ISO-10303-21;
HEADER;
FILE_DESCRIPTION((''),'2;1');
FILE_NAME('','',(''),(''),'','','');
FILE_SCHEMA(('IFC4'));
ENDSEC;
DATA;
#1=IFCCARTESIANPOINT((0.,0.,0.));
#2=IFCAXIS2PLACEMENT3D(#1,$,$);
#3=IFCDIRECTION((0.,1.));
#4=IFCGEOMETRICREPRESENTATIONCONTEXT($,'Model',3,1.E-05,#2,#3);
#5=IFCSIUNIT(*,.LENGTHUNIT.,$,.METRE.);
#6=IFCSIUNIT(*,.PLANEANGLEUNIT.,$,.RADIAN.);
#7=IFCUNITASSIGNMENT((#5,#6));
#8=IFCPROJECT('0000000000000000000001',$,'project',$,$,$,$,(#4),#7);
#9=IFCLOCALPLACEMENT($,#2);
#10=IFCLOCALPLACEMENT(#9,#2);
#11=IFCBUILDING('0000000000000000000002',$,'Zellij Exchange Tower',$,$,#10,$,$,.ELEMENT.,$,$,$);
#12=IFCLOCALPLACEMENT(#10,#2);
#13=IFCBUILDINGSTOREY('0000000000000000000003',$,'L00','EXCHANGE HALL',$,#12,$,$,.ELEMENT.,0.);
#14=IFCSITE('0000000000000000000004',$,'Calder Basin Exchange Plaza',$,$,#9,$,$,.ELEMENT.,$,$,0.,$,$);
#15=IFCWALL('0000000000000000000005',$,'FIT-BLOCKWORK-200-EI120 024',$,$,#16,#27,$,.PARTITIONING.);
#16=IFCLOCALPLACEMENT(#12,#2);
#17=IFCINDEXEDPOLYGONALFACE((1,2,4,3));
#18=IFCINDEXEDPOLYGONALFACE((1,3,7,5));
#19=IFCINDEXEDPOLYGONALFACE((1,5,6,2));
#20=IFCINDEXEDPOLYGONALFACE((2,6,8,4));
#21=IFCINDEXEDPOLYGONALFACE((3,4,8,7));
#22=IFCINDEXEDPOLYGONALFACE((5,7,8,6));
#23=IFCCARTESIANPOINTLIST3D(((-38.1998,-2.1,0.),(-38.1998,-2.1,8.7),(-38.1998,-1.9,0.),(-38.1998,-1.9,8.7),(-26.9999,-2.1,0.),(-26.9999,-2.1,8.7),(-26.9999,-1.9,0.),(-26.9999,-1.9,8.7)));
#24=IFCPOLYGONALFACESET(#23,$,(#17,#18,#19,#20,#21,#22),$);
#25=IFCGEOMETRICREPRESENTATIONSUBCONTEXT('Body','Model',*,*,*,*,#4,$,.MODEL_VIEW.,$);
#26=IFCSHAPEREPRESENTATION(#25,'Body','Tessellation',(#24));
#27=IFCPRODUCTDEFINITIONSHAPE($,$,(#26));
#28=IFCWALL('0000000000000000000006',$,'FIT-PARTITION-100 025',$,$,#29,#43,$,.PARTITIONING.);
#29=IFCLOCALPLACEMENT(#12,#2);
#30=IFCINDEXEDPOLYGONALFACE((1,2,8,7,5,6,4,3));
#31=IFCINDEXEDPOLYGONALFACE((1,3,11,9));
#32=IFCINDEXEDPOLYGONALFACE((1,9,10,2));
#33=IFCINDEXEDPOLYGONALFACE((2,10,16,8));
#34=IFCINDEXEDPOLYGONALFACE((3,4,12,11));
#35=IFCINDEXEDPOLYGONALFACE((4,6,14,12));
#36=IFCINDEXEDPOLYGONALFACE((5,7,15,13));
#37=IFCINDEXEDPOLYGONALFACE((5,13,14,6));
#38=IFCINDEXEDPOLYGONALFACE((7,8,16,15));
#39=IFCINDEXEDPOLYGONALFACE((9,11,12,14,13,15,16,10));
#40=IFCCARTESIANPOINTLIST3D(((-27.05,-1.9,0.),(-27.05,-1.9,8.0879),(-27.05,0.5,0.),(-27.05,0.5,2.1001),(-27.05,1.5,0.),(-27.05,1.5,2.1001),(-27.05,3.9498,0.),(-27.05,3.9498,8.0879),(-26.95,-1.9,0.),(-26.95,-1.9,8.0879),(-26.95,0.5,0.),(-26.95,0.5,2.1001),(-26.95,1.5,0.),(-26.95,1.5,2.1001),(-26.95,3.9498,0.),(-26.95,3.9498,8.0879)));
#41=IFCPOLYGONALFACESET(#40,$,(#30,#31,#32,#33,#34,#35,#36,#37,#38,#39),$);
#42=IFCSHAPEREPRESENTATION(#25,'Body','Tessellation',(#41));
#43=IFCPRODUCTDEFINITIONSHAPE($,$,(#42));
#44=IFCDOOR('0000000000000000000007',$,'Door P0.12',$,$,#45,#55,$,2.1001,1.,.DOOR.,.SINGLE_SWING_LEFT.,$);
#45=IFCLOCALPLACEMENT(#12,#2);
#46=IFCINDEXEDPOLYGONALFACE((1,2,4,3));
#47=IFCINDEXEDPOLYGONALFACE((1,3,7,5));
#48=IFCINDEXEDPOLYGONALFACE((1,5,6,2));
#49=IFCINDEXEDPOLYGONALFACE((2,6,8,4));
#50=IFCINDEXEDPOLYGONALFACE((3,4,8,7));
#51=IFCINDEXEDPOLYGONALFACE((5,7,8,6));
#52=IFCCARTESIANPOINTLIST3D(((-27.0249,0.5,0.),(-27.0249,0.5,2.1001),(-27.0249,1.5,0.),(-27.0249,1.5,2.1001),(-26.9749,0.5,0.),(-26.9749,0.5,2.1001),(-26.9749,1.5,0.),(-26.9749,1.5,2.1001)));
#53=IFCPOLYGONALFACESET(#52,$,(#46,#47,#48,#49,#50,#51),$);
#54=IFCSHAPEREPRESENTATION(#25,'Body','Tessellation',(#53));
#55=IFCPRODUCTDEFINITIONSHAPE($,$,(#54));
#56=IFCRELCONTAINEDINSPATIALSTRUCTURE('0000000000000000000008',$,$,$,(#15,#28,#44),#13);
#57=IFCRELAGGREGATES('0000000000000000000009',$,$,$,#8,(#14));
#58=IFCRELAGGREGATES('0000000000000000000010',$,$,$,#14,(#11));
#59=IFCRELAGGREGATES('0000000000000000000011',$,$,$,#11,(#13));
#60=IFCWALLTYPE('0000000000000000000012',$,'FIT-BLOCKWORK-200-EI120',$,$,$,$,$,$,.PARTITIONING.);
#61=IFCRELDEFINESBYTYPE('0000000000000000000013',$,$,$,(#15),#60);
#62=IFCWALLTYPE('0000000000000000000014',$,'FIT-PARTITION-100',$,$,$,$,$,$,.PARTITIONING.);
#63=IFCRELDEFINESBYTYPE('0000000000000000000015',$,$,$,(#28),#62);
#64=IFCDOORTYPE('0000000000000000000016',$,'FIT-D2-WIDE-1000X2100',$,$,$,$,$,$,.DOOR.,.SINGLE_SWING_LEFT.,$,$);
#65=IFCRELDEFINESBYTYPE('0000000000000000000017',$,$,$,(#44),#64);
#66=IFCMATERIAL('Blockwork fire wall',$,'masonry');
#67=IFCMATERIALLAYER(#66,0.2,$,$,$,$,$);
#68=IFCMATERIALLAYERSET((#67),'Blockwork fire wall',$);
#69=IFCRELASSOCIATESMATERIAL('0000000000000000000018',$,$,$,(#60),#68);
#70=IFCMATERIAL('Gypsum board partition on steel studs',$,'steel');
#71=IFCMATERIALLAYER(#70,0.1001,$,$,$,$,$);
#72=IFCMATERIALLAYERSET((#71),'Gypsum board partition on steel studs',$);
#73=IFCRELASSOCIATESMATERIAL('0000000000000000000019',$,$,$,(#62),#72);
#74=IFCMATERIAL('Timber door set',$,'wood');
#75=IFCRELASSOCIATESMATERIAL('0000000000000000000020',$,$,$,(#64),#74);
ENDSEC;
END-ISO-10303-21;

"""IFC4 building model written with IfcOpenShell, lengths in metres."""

from ifc_helpers import new_model, si_unit, direction, frame, frame_2d, origin, place, context, subcontext, project, spatial, rectangle, extrude, material, layer, layer_set, type_object, element, fill, save


model = new_model("IFC4")

# Units and contexts
model_context = context("Model", 3, precision=1e-05, world=origin(), true_north=direction((0.0, 1.0)))
body_context = subcontext(model_context, "Body", "Model", "MODEL_VIEW")
ifc_project = project(units=[si_unit("LENGTHUNIT", "METRE"), si_unit("PLANEANGLEUNIT", "RADIAN")], contexts=[model_context])

# Site, building, storey
site_placement = place(None, origin())
site = spatial("IfcSite", under=ifc_project, at=site_placement, Name="Calder Basin Exchange Plaza", CompositionType="ELEMENT", RefElevation=0.0)
building_placement = place(site_placement, origin())
building = spatial("IfcBuilding", under=site, at=building_placement, Name="Zellij Exchange Tower", CompositionType="ELEMENT")
storey_placement = place(building_placement, origin())
storey = spatial("IfcBuildingStorey", under=building, at=storey_placement, Name="L00", Description="EXCHANGE HALL", CompositionType="ELEMENT", Elevation=0.0)

# Shared definitions
ifc_material_1 = material(Name="Blockwork fire wall", Category="masonry")
ifc_layer_1 = layer(ifc_material_1, 0.2)
ifc_layer_set_1 = layer_set([ifc_layer_1], Name="Blockwork fire wall")
wall_type_1 = type_object("IfcWallType", Name="FIT-BLOCKWORK-200-EI120", PredefinedType="PARTITIONING", material=ifc_layer_set_1)

# Wall
wall_1_placement = place(storey_placement, frame((-38.2, -2.0, 0.0), z_axis=(0.0, 0.0, 1.0), x_axis=(1.0, 0.0, 0.0)))
element("IfcWall", 1, at=wall_1_placement, inside=storey, type_object=wall_type_1, Name="FIT-BLOCKWORK-200-EI120 024", PredefinedType="PARTITIONING", context=body_context, shape_type="SweptSolid", body=[
    extrude(rectangle(XDim=11.2, YDim=0.2, at=frame_2d((5.6001, 0.0))), origin(), (0.0, 0.0, 1.0), 8.7),
])

# Wall, opening, door
ifc_material_2 = material(Name="Gypsum board partition on steel studs", Category="steel")
ifc_layer_2 = layer(ifc_material_2, 0.1001)
ifc_layer_set_2 = layer_set([ifc_layer_2], Name="Gypsum board partition on steel studs")
wall_type_2 = type_object("IfcWallType", Name="FIT-PARTITION-100", PredefinedType="PARTITIONING", material=ifc_layer_set_2)
wall_2_placement = place(storey_placement, frame((-27.0, -1.8999, 0.0), z_axis=(0.0, 0.0, 1.0), x_axis=(0.0, 1.0, 0.0)))
wall_2 = element("IfcWall", 2, at=wall_2_placement, inside=storey, type_object=wall_type_2, Name="FIT-PARTITION-100 025", PredefinedType="PARTITIONING", context=body_context, shape_type="SweptSolid", body=[
    extrude(rectangle(XDim=5.8499, YDim=0.1001, at=frame_2d((2.9248, 0.0))), origin(), (0.0, 0.0, 1.0), 8.0879),
])
opening_1_placement = place(wall_2_placement, frame((2.3999, 0.0, 0.0)))
opening_1 = element("IfcOpeningElement", 3, at=opening_1_placement, cuts=wall_2, PredefinedType="OPENING", context=body_context, shape_type="SweptSolid", body=[
    extrude(rectangle(XDim=1.0, YDim=2.1001, at=frame_2d((0.5, 1.05))), frame((0.0, 0.062, 0.0), z_axis=(0.0, -1.0, 0.0), x_axis=(1.0, 0.0, 0.0)), (0.0, 0.0, 1.0), 0.124),
])
ifc_material_3 = material(Name="Timber door set", Category="wood")
door_type_1 = type_object("IfcDoorType", Name="FIT-D2-WIDE-1000X2100", OperationType="SINGLE_SWING_LEFT", PredefinedType="DOOR", material=ifc_material_3)
door_1_placement = place(opening_1_placement, origin())
door_1 = element("IfcDoor", 4, at=door_1_placement, inside=storey, type_object=door_type_1, Name="Door P0.12", OperationType="SINGLE_SWING_LEFT", OverallHeight=2.1001, OverallWidth=1.0, PredefinedType="DOOR", context=body_context, shape_type="SweptSolid", body=[
    extrude(rectangle(XDim=1.0, YDim=2.1001, at=frame_2d((0.5, 1.05))), frame((0.0, 0.0249, 0.0), z_axis=(0.0, -1.0, 0.0), x_axis=(1.0, 0.0, 0.0)), (0.0, 0.0, 1.0), 0.05),
])
fill(opening_1, door_1)

save(model, "model.ifc")
